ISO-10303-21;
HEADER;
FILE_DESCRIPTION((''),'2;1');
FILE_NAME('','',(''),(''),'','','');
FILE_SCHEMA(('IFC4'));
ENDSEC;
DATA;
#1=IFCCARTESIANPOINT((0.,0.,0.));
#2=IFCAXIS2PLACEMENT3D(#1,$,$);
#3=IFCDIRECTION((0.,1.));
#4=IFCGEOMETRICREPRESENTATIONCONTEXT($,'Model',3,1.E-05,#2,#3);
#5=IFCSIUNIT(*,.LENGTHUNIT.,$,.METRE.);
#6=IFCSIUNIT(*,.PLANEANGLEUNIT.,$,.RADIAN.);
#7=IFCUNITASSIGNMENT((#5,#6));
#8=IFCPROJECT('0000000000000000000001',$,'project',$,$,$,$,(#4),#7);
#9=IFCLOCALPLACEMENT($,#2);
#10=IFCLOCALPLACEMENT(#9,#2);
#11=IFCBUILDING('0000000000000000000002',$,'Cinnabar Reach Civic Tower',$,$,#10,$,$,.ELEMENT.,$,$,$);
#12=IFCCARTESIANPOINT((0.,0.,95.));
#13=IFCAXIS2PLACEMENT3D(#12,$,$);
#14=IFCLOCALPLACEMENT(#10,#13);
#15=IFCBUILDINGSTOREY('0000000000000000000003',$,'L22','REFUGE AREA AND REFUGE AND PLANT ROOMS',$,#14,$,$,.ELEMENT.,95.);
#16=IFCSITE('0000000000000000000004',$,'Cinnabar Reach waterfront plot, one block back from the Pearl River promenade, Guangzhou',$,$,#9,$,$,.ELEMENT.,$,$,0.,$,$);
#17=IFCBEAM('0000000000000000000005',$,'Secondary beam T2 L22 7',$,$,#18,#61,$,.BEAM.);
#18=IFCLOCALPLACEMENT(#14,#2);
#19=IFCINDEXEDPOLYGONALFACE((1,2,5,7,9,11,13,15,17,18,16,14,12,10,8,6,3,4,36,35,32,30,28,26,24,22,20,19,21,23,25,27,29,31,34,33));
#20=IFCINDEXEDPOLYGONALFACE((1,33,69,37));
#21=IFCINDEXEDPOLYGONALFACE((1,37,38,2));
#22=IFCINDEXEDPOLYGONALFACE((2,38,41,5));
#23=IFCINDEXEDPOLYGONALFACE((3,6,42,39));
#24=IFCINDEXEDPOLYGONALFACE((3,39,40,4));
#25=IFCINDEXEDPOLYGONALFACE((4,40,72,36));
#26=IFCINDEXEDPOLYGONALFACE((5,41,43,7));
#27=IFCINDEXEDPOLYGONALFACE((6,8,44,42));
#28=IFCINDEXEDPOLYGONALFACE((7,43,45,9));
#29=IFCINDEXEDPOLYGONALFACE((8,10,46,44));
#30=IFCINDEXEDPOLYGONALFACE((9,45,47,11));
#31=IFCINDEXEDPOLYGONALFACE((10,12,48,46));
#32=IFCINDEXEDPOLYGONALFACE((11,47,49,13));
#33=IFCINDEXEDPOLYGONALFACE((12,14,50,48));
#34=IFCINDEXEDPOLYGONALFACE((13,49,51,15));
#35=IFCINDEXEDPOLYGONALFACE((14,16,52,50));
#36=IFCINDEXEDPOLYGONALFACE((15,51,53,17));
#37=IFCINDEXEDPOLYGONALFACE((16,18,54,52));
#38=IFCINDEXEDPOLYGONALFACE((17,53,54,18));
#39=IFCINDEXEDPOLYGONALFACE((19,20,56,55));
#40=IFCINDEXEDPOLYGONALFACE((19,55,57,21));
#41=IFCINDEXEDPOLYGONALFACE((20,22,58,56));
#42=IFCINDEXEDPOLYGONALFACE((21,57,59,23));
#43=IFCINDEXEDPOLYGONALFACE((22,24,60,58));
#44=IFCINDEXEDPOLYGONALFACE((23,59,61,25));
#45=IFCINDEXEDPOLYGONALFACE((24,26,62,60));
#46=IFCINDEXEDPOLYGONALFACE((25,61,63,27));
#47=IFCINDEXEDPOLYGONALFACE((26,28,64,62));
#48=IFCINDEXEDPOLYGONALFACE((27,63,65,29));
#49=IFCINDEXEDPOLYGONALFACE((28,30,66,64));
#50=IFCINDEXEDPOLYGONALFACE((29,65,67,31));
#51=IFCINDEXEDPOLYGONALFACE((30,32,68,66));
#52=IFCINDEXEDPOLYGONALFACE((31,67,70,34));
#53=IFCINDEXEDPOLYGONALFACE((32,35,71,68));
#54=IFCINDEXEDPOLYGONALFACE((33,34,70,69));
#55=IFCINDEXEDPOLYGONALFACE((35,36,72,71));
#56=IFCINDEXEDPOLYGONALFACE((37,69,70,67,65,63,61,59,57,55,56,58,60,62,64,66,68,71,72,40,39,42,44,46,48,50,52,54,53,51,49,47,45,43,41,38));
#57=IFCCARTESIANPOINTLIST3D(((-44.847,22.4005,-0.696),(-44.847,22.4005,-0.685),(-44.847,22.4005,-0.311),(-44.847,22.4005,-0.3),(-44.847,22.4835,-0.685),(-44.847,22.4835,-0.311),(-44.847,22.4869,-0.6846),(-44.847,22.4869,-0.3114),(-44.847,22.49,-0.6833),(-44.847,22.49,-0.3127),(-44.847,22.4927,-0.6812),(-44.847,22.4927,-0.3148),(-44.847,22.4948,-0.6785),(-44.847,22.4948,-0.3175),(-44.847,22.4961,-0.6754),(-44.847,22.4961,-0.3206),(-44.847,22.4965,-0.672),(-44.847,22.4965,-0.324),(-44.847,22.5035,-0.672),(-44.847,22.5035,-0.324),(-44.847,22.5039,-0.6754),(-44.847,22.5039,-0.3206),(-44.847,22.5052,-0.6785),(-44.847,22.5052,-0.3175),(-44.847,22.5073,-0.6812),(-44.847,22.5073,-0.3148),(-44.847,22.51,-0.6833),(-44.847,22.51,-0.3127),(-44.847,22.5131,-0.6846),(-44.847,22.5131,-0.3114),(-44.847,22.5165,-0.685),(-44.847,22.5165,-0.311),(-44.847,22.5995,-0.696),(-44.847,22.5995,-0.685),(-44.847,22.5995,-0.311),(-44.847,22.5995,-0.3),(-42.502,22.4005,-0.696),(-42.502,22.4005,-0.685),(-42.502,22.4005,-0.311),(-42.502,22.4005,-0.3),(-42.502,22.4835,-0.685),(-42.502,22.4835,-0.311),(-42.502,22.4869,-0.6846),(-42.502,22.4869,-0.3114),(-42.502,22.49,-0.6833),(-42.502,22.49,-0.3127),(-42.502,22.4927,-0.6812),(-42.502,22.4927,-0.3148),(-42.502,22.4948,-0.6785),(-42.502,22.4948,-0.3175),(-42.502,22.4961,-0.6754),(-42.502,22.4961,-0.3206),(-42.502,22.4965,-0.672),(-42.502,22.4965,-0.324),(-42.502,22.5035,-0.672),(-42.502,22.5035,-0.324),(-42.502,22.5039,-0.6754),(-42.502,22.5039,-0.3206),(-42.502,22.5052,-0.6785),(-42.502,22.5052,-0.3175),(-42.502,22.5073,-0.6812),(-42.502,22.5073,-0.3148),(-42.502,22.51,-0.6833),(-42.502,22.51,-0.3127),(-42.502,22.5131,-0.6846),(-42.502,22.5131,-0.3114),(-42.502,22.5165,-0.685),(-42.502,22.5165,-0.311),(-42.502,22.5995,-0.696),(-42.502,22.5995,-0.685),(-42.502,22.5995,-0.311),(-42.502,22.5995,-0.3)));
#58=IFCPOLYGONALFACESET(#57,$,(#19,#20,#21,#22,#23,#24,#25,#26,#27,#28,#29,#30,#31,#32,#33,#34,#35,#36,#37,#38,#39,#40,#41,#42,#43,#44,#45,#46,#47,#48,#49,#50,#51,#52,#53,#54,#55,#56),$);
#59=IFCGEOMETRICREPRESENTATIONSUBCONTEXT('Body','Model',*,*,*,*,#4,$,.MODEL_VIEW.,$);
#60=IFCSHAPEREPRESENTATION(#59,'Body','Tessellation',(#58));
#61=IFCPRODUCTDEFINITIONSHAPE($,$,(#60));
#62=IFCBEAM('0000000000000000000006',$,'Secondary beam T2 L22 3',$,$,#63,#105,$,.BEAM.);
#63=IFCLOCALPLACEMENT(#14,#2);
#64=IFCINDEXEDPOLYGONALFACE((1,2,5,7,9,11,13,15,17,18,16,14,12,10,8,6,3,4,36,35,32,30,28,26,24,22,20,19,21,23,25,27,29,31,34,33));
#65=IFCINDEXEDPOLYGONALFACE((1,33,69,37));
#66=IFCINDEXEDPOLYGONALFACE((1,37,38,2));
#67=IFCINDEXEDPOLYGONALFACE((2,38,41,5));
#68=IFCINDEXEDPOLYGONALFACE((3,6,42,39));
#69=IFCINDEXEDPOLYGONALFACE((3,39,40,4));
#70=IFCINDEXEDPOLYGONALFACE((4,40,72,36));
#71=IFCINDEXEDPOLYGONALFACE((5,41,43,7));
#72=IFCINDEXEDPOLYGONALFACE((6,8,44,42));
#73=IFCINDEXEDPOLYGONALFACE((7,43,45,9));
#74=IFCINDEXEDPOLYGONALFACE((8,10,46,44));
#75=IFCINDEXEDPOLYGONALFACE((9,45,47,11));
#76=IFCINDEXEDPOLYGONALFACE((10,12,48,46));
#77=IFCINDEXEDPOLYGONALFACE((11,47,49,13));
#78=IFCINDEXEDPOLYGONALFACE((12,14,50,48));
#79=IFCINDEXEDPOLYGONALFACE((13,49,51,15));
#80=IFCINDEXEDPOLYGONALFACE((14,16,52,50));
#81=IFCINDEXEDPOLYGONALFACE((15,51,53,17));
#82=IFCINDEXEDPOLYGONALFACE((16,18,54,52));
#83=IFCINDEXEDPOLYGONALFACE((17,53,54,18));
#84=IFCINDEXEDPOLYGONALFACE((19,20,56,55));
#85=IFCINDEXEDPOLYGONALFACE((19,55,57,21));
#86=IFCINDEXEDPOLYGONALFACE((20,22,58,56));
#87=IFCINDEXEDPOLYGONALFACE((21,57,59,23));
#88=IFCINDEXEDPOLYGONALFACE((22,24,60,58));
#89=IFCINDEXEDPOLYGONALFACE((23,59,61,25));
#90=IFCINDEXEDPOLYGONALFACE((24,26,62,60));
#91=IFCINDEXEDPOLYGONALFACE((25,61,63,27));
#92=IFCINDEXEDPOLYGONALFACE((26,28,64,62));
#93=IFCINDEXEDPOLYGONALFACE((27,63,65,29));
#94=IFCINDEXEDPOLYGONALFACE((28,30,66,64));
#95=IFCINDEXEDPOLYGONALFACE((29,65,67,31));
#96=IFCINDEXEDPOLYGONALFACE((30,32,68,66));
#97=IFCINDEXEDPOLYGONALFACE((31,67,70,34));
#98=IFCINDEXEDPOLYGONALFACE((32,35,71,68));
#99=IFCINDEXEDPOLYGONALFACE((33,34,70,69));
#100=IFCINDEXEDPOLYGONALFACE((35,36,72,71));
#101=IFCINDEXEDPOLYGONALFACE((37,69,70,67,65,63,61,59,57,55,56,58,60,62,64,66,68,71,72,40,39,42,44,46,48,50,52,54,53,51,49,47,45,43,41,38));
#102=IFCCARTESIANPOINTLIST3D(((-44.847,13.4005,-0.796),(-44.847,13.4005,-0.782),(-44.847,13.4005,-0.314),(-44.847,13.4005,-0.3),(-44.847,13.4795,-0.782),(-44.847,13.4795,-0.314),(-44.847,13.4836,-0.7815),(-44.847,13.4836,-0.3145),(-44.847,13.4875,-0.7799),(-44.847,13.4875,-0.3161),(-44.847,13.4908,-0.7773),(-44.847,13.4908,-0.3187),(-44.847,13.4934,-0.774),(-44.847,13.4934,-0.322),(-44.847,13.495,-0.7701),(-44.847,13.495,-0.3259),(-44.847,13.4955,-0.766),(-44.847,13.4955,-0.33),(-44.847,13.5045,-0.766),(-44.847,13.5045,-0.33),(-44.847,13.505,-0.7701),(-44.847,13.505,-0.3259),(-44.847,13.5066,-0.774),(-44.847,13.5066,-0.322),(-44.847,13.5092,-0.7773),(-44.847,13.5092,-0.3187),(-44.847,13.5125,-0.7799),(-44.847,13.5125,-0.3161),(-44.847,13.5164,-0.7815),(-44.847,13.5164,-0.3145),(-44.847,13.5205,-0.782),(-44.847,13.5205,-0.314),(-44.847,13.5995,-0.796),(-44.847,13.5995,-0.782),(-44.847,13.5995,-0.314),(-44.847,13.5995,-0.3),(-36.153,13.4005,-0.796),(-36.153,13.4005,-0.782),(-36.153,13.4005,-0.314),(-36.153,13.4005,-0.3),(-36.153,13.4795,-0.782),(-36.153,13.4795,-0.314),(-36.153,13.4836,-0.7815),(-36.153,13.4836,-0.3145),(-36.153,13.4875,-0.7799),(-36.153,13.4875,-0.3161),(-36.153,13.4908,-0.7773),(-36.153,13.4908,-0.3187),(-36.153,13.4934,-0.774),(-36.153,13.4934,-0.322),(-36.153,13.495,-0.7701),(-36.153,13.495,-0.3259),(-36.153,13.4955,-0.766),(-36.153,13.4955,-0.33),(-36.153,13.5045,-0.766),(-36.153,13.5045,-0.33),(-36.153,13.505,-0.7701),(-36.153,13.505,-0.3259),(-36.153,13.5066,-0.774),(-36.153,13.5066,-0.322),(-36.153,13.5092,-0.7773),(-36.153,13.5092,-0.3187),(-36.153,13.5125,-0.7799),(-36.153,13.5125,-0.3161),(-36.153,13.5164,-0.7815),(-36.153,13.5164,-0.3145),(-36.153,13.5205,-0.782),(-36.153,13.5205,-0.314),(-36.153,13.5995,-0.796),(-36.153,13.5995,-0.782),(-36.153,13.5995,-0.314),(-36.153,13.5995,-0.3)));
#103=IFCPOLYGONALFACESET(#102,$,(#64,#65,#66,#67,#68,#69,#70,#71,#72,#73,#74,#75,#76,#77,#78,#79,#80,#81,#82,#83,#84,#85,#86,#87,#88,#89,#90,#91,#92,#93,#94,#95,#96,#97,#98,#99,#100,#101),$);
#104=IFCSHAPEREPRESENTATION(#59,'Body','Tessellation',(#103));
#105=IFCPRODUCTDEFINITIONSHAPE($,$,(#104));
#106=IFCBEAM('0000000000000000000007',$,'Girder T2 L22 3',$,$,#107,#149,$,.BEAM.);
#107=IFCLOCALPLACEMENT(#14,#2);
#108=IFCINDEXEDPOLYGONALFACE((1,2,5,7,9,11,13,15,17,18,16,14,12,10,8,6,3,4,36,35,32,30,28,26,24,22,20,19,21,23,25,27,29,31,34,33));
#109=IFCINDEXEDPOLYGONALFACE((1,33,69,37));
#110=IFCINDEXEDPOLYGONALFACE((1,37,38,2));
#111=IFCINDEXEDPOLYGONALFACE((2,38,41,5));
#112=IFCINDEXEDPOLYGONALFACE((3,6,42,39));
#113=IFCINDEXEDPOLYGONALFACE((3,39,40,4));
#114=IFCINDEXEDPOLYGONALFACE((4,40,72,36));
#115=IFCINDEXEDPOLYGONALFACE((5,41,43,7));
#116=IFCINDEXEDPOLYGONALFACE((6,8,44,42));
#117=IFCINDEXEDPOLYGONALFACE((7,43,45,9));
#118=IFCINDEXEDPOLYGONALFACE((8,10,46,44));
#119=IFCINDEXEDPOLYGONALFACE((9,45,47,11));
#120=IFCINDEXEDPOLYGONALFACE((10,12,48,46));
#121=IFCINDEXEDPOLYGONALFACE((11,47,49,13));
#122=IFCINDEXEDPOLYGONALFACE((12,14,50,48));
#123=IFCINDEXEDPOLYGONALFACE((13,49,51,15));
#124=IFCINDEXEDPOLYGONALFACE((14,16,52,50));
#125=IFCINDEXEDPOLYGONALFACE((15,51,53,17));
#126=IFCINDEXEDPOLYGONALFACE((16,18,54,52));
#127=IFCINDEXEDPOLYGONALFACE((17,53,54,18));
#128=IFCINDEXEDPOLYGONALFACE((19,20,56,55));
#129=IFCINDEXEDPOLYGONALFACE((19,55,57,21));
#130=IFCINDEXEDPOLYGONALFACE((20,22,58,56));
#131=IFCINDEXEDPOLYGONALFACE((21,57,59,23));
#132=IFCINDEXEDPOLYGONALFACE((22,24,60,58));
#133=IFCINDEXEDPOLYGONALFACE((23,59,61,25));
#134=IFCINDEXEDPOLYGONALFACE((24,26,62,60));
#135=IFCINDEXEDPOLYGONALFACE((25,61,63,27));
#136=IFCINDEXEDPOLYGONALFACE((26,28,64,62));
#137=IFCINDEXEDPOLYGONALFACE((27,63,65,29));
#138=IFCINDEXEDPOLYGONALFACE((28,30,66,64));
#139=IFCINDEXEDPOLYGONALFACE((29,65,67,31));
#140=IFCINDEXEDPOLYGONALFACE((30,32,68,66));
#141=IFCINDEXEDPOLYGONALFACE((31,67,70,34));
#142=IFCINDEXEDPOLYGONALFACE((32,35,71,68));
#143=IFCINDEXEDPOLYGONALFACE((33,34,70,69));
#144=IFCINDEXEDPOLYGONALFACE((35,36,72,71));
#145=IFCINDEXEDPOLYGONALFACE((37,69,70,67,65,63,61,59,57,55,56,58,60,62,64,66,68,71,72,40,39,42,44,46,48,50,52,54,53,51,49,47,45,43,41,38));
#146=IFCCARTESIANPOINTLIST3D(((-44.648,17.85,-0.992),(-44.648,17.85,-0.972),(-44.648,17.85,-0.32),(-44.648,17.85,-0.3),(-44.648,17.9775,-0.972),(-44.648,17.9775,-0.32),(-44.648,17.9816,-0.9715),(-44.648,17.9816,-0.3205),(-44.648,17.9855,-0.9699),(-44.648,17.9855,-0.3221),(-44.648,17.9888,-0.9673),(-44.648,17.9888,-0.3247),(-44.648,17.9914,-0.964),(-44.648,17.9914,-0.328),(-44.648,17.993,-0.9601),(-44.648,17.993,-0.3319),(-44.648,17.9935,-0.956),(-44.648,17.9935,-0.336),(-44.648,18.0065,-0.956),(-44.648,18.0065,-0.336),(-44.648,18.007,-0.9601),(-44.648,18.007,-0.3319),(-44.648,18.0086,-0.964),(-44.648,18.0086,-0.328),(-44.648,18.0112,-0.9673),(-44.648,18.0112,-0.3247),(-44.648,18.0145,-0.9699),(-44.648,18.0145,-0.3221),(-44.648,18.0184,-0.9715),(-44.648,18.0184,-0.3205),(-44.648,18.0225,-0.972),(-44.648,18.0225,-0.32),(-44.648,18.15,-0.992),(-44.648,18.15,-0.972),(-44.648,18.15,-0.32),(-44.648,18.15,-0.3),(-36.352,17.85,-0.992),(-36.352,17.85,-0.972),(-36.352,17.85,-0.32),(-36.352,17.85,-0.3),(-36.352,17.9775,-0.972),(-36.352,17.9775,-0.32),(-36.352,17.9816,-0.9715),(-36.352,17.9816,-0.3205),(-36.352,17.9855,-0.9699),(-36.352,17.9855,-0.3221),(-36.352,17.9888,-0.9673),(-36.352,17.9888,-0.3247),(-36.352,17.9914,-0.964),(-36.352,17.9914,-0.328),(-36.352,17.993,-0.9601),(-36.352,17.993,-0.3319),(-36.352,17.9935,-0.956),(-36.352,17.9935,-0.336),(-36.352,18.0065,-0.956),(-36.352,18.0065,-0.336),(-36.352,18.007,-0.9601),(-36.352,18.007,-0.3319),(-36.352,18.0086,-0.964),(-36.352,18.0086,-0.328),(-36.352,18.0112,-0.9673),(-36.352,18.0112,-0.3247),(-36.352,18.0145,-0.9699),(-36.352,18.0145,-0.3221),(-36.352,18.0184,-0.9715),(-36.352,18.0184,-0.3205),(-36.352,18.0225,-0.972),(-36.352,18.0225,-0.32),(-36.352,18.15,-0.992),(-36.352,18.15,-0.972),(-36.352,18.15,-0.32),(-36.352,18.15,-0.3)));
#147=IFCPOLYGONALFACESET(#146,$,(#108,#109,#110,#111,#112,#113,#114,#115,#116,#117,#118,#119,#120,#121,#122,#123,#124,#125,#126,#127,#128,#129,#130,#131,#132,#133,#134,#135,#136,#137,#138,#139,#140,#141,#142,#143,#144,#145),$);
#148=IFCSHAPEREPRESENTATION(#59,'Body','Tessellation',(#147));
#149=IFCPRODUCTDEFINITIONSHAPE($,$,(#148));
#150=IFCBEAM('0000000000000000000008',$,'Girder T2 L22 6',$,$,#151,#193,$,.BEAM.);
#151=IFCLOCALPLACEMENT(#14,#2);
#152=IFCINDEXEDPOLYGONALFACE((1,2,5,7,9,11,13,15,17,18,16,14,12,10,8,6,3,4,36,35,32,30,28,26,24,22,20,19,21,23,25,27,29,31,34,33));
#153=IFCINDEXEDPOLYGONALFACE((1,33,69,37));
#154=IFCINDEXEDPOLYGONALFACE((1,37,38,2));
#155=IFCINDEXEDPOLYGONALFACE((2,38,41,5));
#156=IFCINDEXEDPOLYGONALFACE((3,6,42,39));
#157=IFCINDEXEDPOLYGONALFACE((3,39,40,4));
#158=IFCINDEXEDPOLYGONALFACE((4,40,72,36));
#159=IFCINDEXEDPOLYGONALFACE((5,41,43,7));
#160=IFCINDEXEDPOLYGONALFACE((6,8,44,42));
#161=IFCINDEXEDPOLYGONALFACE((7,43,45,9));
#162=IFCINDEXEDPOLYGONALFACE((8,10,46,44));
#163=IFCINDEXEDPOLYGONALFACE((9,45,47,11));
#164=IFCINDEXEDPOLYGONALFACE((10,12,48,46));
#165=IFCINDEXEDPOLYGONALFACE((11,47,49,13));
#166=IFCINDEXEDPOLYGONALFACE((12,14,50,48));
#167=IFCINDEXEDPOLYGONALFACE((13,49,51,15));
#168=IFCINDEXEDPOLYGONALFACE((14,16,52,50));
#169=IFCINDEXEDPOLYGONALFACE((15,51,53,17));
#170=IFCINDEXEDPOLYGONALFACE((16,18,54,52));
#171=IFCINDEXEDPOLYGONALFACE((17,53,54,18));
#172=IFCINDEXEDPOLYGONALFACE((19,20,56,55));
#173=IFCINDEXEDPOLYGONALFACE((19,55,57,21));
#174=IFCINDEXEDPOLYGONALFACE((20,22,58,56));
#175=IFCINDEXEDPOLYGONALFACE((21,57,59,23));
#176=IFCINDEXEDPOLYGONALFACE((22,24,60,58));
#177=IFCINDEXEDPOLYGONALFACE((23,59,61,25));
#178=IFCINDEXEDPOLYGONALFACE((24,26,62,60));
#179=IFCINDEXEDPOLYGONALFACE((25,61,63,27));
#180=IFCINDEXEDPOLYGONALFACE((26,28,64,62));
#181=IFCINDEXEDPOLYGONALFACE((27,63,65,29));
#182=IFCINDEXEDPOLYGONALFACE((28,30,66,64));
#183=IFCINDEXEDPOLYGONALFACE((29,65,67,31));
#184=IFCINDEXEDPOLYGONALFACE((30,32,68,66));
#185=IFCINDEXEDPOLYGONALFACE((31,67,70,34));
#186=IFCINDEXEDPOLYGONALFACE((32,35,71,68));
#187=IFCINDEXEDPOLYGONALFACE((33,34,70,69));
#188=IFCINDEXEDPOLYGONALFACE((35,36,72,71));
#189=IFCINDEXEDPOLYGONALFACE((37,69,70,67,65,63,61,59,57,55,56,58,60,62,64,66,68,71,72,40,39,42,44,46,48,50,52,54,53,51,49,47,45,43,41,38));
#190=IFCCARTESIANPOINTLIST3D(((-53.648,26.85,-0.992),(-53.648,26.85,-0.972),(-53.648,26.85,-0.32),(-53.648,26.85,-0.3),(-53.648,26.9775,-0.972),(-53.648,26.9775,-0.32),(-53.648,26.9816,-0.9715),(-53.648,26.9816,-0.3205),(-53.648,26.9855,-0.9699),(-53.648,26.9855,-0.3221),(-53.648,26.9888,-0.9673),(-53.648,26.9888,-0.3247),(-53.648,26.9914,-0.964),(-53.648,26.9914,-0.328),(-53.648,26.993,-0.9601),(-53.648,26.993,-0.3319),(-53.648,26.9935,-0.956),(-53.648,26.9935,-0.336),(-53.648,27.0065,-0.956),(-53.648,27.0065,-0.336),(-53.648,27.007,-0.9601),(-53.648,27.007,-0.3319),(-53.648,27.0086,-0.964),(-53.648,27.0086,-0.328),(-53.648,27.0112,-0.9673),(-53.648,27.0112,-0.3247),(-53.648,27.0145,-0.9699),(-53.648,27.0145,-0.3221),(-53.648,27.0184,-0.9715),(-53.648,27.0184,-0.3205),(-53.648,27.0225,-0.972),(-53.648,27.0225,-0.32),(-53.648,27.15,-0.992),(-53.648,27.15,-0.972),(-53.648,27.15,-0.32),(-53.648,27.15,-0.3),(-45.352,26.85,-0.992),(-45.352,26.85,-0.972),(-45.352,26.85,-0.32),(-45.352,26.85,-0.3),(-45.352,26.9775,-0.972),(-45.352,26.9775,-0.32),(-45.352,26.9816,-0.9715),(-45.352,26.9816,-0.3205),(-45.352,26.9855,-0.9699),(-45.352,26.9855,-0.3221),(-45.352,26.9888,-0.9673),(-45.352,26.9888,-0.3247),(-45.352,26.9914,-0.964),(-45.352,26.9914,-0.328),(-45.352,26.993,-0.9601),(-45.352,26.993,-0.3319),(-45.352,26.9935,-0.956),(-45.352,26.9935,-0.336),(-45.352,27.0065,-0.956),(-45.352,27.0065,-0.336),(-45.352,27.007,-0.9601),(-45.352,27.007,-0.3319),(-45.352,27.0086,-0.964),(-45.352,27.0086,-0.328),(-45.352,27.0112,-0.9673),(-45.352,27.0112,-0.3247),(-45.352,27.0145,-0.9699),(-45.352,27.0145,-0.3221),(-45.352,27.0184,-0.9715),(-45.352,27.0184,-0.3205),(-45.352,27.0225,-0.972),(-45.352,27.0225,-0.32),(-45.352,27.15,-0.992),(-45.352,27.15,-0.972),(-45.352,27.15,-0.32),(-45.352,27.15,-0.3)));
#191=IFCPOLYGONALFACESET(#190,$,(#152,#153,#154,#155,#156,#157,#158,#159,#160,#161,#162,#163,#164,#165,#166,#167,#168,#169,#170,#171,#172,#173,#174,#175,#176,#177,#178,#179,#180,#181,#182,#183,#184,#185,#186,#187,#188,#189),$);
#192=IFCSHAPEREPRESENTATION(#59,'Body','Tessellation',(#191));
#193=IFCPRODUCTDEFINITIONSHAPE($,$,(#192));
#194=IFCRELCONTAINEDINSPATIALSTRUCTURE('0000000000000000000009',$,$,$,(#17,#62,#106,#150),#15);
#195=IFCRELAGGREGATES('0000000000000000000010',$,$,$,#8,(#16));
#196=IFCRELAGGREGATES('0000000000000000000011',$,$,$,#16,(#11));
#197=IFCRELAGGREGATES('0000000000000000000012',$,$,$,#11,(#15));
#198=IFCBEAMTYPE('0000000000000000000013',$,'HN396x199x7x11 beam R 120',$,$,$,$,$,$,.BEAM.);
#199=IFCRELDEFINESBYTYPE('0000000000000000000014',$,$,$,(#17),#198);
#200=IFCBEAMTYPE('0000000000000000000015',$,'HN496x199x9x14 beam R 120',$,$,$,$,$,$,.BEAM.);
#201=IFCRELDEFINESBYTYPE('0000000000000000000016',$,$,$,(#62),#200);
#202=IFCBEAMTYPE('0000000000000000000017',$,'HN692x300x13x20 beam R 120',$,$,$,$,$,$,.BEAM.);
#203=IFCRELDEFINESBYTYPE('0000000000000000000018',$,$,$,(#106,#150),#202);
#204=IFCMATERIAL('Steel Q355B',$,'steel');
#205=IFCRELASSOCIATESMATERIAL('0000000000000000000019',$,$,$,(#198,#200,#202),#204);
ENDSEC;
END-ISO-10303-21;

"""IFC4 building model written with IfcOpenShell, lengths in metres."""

from ifc_helpers import new_model, si_unit, direction, frame, origin, origin_2d, place, context, subcontext, project, spatial, i_section, extrude, material, material_profile, profile_set, type_object, element, save


model = new_model("IFC4")

# Units and contexts
model_context = context("Model", 3, precision=1e-05, world=origin(), true_north=direction((0.0, 1.0)))
body_context = subcontext(model_context, "Body", "Model", "MODEL_VIEW")
ifc_project = project(units=[si_unit("LENGTHUNIT", "METRE"), si_unit("PLANEANGLEUNIT", "RADIAN")], contexts=[model_context])

# Site, building, storey
site_placement = place(None, origin())
site = spatial("IfcSite", under=ifc_project, at=site_placement, Name="Cinnabar Reach waterfront plot, one block back from the Pearl River promenade, Guangzhou", CompositionType="ELEMENT", RefElevation=0.0)
building_placement = place(site_placement, origin())
building = spatial("IfcBuilding", under=site, at=building_placement, Name="Cinnabar Reach Civic Tower", CompositionType="ELEMENT")
storey_placement = place(building_placement, frame((0.0, 0.0, 95.0)))
storey = spatial("IfcBuildingStorey", under=building, at=storey_placement, Name="L22", Description="REFUGE AREA AND REFUGE AND PLANT ROOMS", CompositionType="ELEMENT", Elevation=95.0)

# Beams
ifc_material_1 = material(Name="Steel Q355B", Category="steel")
ifc_material_profile_1 = material_profile(ifc_material_1, i_section(OverallWidth=0.199, OverallDepth=0.396, WebThickness=0.007, FlangeThickness=0.011, FilletRadius=0.013, at=origin_2d()), Name="HN396x199x7x11")
ifc_profile_set_1 = profile_set([ifc_material_profile_1], Name="Steel Q355B")
beam_type_1 = type_object("IfcBeamType", Name="HN396x199x7x11 beam R 120", PredefinedType="BEAM", material=ifc_profile_set_1)
beam_1_placement = place(storey_placement, frame((-44.847, 22.5, -0.498), z_axis=(1.0, 0.0, 0.0), x_axis=(0.0, 1.0, 0.0)))
element("IfcBeam", 1, at=beam_1_placement, inside=storey, type_object=beam_type_1, Name="Secondary beam T2 L22 7", PredefinedType="BEAM", context=body_context, shape_type="SweptSolid", body=[
    extrude(i_section(OverallWidth=0.199, OverallDepth=0.396, WebThickness=0.007, FlangeThickness=0.011, FilletRadius=0.013, at=origin_2d()), origin(), (0.0, 0.0, 1.0), 2.345),
])
ifc_material_profile_2 = material_profile(ifc_material_1, i_section(OverallWidth=0.199, OverallDepth=0.496, WebThickness=0.009, FlangeThickness=0.014, FilletRadius=0.016, at=origin_2d()), Name="HN496x199x9x14")
ifc_profile_set_2 = profile_set([ifc_material_profile_2], Name="Steel Q355B")
beam_type_2 = type_object("IfcBeamType", Name="HN496x199x9x14 beam R 120", PredefinedType="BEAM", material=ifc_profile_set_2)
beam_2_placement = place(storey_placement, frame((-44.847, 13.5, -0.548), z_axis=(1.0, 0.0, 0.0), x_axis=(0.0, 1.0, 0.0)))
element("IfcBeam", 2, at=beam_2_placement, inside=storey, type_object=beam_type_2, Name="Secondary beam T2 L22 3", PredefinedType="BEAM", context=body_context, shape_type="SweptSolid", body=[
    extrude(i_section(OverallWidth=0.199, OverallDepth=0.496, WebThickness=0.009, FlangeThickness=0.014, FilletRadius=0.016, at=origin_2d()), origin(), (0.0, 0.0, 1.0), 8.694),
])
ifc_material_profile_3 = material_profile(ifc_material_1, i_section(OverallWidth=0.3, OverallDepth=0.692, WebThickness=0.013, FlangeThickness=0.02, FilletRadius=0.016, at=origin_2d()), Name="HN692x300x13x20")
ifc_profile_set_3 = profile_set([ifc_material_profile_3], Name="Steel Q355B")
beam_type_3 = type_object("IfcBeamType", Name="HN692x300x13x20 beam R 120", PredefinedType="BEAM", material=ifc_profile_set_3)
for number, where, z_axis, x_axis, name in (
    (3, (-44.648, 18.0, -0.646), (1.0, 0.0, 0.0), (0.0, 1.0, 0.0), "Girder T2 L22 3"),
    (4, (-53.648, 27.0, -0.646), (1.0, 0.0, 0.0), (0.0, 1.0, 0.0), "Girder T2 L22 6"),
):
    element("IfcBeam", number, at=place(storey_placement, frame(where, z_axis=z_axis, x_axis=x_axis)), inside=storey, type_object=beam_type_3, Name=name, PredefinedType="BEAM", context=body_context, shape_type="SweptSolid", body=[
        extrude(i_section(OverallWidth=0.3, OverallDepth=0.692, WebThickness=0.013, FlangeThickness=0.02, FilletRadius=0.016, at=origin_2d()), origin(), (0.0, 0.0, 1.0), 8.296),
    ])

save(model, "model.ifc")
